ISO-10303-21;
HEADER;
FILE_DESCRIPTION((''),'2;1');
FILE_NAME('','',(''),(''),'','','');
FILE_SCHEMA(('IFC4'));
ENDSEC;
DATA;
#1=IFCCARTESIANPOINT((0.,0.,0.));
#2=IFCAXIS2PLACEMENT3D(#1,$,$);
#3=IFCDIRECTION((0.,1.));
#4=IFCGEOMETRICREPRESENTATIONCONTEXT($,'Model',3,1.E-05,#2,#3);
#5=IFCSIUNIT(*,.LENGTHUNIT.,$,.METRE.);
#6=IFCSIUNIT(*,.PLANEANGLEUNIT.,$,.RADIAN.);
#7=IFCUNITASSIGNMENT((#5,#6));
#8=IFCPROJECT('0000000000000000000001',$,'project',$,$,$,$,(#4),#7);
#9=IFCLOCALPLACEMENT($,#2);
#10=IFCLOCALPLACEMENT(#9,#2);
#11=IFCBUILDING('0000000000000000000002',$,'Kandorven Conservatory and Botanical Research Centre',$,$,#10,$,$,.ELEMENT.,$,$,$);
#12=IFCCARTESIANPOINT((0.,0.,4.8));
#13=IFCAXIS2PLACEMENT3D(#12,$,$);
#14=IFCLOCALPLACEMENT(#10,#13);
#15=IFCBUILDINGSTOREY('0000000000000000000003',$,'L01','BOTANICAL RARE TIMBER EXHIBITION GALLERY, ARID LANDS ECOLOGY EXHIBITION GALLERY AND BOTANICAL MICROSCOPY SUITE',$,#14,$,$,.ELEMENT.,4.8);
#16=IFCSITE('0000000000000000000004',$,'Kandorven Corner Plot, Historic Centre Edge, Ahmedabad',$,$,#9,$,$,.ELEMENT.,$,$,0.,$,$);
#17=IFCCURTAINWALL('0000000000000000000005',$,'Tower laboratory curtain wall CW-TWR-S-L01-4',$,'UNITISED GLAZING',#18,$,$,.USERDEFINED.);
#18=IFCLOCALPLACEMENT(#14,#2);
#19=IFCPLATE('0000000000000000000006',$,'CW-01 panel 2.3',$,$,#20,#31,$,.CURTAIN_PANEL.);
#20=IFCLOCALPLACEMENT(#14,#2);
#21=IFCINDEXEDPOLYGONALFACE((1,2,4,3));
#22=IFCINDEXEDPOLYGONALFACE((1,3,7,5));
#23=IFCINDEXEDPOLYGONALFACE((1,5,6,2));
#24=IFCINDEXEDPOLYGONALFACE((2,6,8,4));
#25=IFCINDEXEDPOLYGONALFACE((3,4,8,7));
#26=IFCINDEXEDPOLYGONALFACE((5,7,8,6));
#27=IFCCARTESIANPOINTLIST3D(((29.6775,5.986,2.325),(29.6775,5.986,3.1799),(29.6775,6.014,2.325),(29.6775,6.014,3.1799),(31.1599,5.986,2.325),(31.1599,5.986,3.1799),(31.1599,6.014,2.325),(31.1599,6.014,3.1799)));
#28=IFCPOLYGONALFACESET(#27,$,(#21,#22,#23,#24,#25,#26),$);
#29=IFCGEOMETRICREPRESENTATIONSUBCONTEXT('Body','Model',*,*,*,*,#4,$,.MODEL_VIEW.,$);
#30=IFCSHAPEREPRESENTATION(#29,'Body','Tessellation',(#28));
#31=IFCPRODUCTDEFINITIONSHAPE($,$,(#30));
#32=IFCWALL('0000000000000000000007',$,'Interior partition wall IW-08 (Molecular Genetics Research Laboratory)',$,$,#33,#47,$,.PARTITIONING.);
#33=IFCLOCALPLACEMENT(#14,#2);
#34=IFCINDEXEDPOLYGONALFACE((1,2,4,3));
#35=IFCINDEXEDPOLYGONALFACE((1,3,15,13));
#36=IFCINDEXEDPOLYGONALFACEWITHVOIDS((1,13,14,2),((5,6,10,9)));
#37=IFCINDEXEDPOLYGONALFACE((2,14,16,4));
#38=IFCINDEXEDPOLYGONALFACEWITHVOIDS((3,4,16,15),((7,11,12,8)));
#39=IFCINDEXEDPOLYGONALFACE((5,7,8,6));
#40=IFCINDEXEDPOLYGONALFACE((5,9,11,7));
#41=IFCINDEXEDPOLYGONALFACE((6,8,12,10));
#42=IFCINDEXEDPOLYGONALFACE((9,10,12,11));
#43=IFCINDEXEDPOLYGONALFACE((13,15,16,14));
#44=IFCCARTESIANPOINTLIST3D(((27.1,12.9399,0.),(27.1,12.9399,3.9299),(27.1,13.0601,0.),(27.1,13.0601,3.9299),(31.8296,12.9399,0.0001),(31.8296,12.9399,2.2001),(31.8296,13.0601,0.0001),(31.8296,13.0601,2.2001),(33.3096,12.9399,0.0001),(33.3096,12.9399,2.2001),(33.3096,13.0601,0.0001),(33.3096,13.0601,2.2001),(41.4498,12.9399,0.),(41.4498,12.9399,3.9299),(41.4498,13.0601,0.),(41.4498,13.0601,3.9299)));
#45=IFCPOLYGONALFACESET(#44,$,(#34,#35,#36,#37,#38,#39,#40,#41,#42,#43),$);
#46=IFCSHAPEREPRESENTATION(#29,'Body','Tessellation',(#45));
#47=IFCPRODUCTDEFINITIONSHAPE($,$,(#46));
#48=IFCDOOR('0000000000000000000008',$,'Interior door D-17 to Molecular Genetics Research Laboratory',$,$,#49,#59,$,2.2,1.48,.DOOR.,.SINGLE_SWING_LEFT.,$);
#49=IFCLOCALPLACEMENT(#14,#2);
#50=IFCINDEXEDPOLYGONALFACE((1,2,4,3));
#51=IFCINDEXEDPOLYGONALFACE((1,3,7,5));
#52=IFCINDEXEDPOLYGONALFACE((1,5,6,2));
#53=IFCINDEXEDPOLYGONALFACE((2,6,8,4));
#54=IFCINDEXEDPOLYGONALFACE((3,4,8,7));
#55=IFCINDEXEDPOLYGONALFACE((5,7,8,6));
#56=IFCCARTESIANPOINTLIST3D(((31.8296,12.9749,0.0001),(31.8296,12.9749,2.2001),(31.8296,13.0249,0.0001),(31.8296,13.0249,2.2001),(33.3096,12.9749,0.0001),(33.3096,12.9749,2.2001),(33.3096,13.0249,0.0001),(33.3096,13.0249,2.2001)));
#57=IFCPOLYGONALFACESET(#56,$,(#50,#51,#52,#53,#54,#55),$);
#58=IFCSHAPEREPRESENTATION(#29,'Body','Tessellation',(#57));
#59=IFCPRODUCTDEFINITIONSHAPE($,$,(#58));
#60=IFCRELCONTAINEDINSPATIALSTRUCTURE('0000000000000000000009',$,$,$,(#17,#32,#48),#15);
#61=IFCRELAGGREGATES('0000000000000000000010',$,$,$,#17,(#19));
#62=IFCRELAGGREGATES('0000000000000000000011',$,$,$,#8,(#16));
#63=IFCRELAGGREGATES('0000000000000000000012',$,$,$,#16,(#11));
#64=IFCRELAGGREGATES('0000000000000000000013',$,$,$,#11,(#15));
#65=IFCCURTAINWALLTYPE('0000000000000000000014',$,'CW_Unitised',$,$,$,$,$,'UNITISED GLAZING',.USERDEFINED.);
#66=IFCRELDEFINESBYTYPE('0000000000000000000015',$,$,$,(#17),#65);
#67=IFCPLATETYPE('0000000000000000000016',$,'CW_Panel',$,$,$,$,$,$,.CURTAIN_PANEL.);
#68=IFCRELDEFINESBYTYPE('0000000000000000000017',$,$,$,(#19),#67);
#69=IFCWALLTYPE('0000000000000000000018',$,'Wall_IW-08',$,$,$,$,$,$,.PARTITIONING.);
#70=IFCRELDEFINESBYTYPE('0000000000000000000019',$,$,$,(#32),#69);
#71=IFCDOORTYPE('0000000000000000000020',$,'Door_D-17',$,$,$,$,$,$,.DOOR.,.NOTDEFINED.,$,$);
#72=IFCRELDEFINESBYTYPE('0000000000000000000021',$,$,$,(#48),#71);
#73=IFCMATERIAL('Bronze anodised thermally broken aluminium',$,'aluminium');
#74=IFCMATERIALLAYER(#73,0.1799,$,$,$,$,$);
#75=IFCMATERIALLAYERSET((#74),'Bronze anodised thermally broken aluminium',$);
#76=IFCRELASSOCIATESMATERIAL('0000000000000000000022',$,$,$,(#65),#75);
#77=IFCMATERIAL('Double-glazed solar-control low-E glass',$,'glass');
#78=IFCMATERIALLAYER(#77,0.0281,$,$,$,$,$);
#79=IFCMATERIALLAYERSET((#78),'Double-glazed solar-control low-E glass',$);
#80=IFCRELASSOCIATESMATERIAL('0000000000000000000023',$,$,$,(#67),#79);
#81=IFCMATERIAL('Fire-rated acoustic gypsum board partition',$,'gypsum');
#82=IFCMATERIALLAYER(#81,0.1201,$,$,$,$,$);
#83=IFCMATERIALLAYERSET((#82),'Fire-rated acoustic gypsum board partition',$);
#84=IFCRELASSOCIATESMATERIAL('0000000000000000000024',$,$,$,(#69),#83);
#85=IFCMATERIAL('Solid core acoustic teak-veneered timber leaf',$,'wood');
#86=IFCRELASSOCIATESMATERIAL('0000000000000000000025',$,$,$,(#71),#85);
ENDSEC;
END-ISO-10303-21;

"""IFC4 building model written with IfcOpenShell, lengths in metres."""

from ifc_helpers import new_model, si_unit, direction, frame, frame_2d, origin, origin_2d, place, context, subcontext, project, spatial, rectangle, extrude, material, layer, layer_set, type_object, element, fill, aggregate, save


model = new_model("IFC4")

# Units and contexts
model_context = context("Model", 3, precision=1e-05, world=origin(), true_north=direction((0.0, 1.0)))
body_context = subcontext(model_context, "Body", "Model", "MODEL_VIEW")
ifc_project = project(units=[si_unit("LENGTHUNIT", "METRE"), si_unit("PLANEANGLEUNIT", "RADIAN")], contexts=[model_context])

# Site, building, storey
site_placement = place(None, origin())
site = spatial("IfcSite", under=ifc_project, at=site_placement, Name="Kandorven Corner Plot, Historic Centre Edge, Ahmedabad", CompositionType="ELEMENT", RefElevation=0.0)
building_placement = place(site_placement, origin())
building = spatial("IfcBuilding", under=site, at=building_placement, Name="Kandorven Conservatory and Botanical Research Centre", CompositionType="ELEMENT")
storey_placement = place(building_placement, frame((0.0, 0.0, 4.8)))
storey = spatial("IfcBuildingStorey", under=building, at=storey_placement, Name="L01", Description="BOTANICAL RARE TIMBER EXHIBITION GALLERY, ARID LANDS ECOLOGY EXHIBITION GALLERY AND BOTANICAL MICROSCOPY SUITE", CompositionType="ELEMENT", Elevation=4.8)

# Curtain wall, plate
ifc_material_1 = material(Name="Bronze anodised thermally broken aluminium", Category="aluminium")
ifc_layer_1 = layer(ifc_material_1, 0.1799)
ifc_layer_set_1 = layer_set([ifc_layer_1], Name="Bronze anodised thermally broken aluminium")
curtain_wall_type = type_object("IfcCurtainWallType", Name="CW_Unitised", ElementType="UNITISED GLAZING", PredefinedType="USERDEFINED", material=ifc_layer_set_1)
curtain_wall_placement = place(storey_placement, origin())
curtain_wall = element("IfcCurtainWall", 1, at=curtain_wall_placement, inside=storey, type_object=curtain_wall_type, Name="Tower laboratory curtain wall CW-TWR-S-L01-4", ObjectType="UNITISED GLAZING", PredefinedType="USERDEFINED")
ifc_material_2 = material(Name="Double-glazed solar-control low-E glass", Category="glass")
ifc_layer_2 = layer(ifc_material_2, 0.0281)
ifc_layer_set_2 = layer_set([ifc_layer_2], Name="Double-glazed solar-control low-E glass")
plate_type = type_object("IfcPlateType", Name="CW_Panel", PredefinedType="CURTAIN_PANEL", material=ifc_layer_set_2)
plate_1_placement = place(storey_placement, frame((30.4187, 6.0, 2.325), z_axis=(0.0, 0.0, 1.0), x_axis=(1.0, 0.0, 0.0)))
plate_1 = element("IfcPlate", 2, at=plate_1_placement, type_object=plate_type, Name="CW-01 panel 2.3", PredefinedType="CURTAIN_PANEL", context=body_context, shape_type="SweptSolid", body=[
    extrude(rectangle(XDim=1.4824, YDim=0.0281, at=origin_2d()), origin(), (0.0, 0.0, 1.0), 0.855),
])
aggregate(curtain_wall, [plate_1])

# Wall, opening, door
ifc_material_3 = material(Name="Fire-rated acoustic gypsum board partition", Category="gypsum")
ifc_layer_3 = layer(ifc_material_3, 0.1201)
ifc_layer_set_3 = layer_set([ifc_layer_3], Name="Fire-rated acoustic gypsum board partition")
wall_type = type_object("IfcWallType", Name="Wall_IW-08", PredefinedType="PARTITIONING", material=ifc_layer_set_3)
wall_placement = place(storey_placement, frame((27.1001, 13.0, 0.0), z_axis=(0.0, 0.0, 1.0), x_axis=(1.0, 0.0, 0.0)))
wall = element("IfcWall", 3, at=wall_placement, inside=storey, type_object=wall_type, Name="Interior partition wall IW-08 (Molecular Genetics Research Laboratory)", PredefinedType="PARTITIONING", context=body_context, shape_type="SweptSolid", body=[
    extrude(rectangle(XDim=14.3499, YDim=0.1201, at=frame_2d((7.1748, 0.0))), origin(), (0.0, 0.0, 1.0), 3.9299),
])
opening_placement = place(wall_placement, frame((4.7295, 0.0, 0.0)))
opening = element("IfcOpeningElement", 4, at=opening_placement, cuts=wall, PredefinedType="OPENING", context=body_context, shape_type="SweptSolid", body=[
    extrude(rectangle(XDim=1.48, YDim=2.2, at=frame_2d((0.74, 1.1001))), frame((0.0, 0.0701, 0.0), z_axis=(0.0, -1.0, 0.0), x_axis=(1.0, 0.0, 0.0)), (0.0, 0.0, 1.0), 0.1401),
])
ifc_material_4 = material(Name="Solid core acoustic teak-veneered timber leaf", Category="wood")
door_type = type_object("IfcDoorType", Name="Door_D-17", OperationType="NOTDEFINED", PredefinedType="DOOR", material=ifc_material_4)
door_placement = place(opening_placement, origin())
door = element("IfcDoor", 5, at=door_placement, inside=storey, type_object=door_type, Name="Interior door D-17 to Molecular Genetics Research Laboratory", OperationType="SINGLE_SWING_LEFT", OverallHeight=2.2, OverallWidth=1.48, PredefinedType="DOOR", context=body_context, shape_type="SweptSolid", body=[
    extrude(rectangle(XDim=1.48, YDim=2.2, at=frame_2d((0.74, 1.1001))), frame((0.0, 0.0249, 0.0), z_axis=(0.0, -1.0, 0.0), x_axis=(1.0, 0.0, 0.0)), (0.0, 0.0, 1.0), 0.05),
])
fill(opening, door)

save(model, "model.ifc")
